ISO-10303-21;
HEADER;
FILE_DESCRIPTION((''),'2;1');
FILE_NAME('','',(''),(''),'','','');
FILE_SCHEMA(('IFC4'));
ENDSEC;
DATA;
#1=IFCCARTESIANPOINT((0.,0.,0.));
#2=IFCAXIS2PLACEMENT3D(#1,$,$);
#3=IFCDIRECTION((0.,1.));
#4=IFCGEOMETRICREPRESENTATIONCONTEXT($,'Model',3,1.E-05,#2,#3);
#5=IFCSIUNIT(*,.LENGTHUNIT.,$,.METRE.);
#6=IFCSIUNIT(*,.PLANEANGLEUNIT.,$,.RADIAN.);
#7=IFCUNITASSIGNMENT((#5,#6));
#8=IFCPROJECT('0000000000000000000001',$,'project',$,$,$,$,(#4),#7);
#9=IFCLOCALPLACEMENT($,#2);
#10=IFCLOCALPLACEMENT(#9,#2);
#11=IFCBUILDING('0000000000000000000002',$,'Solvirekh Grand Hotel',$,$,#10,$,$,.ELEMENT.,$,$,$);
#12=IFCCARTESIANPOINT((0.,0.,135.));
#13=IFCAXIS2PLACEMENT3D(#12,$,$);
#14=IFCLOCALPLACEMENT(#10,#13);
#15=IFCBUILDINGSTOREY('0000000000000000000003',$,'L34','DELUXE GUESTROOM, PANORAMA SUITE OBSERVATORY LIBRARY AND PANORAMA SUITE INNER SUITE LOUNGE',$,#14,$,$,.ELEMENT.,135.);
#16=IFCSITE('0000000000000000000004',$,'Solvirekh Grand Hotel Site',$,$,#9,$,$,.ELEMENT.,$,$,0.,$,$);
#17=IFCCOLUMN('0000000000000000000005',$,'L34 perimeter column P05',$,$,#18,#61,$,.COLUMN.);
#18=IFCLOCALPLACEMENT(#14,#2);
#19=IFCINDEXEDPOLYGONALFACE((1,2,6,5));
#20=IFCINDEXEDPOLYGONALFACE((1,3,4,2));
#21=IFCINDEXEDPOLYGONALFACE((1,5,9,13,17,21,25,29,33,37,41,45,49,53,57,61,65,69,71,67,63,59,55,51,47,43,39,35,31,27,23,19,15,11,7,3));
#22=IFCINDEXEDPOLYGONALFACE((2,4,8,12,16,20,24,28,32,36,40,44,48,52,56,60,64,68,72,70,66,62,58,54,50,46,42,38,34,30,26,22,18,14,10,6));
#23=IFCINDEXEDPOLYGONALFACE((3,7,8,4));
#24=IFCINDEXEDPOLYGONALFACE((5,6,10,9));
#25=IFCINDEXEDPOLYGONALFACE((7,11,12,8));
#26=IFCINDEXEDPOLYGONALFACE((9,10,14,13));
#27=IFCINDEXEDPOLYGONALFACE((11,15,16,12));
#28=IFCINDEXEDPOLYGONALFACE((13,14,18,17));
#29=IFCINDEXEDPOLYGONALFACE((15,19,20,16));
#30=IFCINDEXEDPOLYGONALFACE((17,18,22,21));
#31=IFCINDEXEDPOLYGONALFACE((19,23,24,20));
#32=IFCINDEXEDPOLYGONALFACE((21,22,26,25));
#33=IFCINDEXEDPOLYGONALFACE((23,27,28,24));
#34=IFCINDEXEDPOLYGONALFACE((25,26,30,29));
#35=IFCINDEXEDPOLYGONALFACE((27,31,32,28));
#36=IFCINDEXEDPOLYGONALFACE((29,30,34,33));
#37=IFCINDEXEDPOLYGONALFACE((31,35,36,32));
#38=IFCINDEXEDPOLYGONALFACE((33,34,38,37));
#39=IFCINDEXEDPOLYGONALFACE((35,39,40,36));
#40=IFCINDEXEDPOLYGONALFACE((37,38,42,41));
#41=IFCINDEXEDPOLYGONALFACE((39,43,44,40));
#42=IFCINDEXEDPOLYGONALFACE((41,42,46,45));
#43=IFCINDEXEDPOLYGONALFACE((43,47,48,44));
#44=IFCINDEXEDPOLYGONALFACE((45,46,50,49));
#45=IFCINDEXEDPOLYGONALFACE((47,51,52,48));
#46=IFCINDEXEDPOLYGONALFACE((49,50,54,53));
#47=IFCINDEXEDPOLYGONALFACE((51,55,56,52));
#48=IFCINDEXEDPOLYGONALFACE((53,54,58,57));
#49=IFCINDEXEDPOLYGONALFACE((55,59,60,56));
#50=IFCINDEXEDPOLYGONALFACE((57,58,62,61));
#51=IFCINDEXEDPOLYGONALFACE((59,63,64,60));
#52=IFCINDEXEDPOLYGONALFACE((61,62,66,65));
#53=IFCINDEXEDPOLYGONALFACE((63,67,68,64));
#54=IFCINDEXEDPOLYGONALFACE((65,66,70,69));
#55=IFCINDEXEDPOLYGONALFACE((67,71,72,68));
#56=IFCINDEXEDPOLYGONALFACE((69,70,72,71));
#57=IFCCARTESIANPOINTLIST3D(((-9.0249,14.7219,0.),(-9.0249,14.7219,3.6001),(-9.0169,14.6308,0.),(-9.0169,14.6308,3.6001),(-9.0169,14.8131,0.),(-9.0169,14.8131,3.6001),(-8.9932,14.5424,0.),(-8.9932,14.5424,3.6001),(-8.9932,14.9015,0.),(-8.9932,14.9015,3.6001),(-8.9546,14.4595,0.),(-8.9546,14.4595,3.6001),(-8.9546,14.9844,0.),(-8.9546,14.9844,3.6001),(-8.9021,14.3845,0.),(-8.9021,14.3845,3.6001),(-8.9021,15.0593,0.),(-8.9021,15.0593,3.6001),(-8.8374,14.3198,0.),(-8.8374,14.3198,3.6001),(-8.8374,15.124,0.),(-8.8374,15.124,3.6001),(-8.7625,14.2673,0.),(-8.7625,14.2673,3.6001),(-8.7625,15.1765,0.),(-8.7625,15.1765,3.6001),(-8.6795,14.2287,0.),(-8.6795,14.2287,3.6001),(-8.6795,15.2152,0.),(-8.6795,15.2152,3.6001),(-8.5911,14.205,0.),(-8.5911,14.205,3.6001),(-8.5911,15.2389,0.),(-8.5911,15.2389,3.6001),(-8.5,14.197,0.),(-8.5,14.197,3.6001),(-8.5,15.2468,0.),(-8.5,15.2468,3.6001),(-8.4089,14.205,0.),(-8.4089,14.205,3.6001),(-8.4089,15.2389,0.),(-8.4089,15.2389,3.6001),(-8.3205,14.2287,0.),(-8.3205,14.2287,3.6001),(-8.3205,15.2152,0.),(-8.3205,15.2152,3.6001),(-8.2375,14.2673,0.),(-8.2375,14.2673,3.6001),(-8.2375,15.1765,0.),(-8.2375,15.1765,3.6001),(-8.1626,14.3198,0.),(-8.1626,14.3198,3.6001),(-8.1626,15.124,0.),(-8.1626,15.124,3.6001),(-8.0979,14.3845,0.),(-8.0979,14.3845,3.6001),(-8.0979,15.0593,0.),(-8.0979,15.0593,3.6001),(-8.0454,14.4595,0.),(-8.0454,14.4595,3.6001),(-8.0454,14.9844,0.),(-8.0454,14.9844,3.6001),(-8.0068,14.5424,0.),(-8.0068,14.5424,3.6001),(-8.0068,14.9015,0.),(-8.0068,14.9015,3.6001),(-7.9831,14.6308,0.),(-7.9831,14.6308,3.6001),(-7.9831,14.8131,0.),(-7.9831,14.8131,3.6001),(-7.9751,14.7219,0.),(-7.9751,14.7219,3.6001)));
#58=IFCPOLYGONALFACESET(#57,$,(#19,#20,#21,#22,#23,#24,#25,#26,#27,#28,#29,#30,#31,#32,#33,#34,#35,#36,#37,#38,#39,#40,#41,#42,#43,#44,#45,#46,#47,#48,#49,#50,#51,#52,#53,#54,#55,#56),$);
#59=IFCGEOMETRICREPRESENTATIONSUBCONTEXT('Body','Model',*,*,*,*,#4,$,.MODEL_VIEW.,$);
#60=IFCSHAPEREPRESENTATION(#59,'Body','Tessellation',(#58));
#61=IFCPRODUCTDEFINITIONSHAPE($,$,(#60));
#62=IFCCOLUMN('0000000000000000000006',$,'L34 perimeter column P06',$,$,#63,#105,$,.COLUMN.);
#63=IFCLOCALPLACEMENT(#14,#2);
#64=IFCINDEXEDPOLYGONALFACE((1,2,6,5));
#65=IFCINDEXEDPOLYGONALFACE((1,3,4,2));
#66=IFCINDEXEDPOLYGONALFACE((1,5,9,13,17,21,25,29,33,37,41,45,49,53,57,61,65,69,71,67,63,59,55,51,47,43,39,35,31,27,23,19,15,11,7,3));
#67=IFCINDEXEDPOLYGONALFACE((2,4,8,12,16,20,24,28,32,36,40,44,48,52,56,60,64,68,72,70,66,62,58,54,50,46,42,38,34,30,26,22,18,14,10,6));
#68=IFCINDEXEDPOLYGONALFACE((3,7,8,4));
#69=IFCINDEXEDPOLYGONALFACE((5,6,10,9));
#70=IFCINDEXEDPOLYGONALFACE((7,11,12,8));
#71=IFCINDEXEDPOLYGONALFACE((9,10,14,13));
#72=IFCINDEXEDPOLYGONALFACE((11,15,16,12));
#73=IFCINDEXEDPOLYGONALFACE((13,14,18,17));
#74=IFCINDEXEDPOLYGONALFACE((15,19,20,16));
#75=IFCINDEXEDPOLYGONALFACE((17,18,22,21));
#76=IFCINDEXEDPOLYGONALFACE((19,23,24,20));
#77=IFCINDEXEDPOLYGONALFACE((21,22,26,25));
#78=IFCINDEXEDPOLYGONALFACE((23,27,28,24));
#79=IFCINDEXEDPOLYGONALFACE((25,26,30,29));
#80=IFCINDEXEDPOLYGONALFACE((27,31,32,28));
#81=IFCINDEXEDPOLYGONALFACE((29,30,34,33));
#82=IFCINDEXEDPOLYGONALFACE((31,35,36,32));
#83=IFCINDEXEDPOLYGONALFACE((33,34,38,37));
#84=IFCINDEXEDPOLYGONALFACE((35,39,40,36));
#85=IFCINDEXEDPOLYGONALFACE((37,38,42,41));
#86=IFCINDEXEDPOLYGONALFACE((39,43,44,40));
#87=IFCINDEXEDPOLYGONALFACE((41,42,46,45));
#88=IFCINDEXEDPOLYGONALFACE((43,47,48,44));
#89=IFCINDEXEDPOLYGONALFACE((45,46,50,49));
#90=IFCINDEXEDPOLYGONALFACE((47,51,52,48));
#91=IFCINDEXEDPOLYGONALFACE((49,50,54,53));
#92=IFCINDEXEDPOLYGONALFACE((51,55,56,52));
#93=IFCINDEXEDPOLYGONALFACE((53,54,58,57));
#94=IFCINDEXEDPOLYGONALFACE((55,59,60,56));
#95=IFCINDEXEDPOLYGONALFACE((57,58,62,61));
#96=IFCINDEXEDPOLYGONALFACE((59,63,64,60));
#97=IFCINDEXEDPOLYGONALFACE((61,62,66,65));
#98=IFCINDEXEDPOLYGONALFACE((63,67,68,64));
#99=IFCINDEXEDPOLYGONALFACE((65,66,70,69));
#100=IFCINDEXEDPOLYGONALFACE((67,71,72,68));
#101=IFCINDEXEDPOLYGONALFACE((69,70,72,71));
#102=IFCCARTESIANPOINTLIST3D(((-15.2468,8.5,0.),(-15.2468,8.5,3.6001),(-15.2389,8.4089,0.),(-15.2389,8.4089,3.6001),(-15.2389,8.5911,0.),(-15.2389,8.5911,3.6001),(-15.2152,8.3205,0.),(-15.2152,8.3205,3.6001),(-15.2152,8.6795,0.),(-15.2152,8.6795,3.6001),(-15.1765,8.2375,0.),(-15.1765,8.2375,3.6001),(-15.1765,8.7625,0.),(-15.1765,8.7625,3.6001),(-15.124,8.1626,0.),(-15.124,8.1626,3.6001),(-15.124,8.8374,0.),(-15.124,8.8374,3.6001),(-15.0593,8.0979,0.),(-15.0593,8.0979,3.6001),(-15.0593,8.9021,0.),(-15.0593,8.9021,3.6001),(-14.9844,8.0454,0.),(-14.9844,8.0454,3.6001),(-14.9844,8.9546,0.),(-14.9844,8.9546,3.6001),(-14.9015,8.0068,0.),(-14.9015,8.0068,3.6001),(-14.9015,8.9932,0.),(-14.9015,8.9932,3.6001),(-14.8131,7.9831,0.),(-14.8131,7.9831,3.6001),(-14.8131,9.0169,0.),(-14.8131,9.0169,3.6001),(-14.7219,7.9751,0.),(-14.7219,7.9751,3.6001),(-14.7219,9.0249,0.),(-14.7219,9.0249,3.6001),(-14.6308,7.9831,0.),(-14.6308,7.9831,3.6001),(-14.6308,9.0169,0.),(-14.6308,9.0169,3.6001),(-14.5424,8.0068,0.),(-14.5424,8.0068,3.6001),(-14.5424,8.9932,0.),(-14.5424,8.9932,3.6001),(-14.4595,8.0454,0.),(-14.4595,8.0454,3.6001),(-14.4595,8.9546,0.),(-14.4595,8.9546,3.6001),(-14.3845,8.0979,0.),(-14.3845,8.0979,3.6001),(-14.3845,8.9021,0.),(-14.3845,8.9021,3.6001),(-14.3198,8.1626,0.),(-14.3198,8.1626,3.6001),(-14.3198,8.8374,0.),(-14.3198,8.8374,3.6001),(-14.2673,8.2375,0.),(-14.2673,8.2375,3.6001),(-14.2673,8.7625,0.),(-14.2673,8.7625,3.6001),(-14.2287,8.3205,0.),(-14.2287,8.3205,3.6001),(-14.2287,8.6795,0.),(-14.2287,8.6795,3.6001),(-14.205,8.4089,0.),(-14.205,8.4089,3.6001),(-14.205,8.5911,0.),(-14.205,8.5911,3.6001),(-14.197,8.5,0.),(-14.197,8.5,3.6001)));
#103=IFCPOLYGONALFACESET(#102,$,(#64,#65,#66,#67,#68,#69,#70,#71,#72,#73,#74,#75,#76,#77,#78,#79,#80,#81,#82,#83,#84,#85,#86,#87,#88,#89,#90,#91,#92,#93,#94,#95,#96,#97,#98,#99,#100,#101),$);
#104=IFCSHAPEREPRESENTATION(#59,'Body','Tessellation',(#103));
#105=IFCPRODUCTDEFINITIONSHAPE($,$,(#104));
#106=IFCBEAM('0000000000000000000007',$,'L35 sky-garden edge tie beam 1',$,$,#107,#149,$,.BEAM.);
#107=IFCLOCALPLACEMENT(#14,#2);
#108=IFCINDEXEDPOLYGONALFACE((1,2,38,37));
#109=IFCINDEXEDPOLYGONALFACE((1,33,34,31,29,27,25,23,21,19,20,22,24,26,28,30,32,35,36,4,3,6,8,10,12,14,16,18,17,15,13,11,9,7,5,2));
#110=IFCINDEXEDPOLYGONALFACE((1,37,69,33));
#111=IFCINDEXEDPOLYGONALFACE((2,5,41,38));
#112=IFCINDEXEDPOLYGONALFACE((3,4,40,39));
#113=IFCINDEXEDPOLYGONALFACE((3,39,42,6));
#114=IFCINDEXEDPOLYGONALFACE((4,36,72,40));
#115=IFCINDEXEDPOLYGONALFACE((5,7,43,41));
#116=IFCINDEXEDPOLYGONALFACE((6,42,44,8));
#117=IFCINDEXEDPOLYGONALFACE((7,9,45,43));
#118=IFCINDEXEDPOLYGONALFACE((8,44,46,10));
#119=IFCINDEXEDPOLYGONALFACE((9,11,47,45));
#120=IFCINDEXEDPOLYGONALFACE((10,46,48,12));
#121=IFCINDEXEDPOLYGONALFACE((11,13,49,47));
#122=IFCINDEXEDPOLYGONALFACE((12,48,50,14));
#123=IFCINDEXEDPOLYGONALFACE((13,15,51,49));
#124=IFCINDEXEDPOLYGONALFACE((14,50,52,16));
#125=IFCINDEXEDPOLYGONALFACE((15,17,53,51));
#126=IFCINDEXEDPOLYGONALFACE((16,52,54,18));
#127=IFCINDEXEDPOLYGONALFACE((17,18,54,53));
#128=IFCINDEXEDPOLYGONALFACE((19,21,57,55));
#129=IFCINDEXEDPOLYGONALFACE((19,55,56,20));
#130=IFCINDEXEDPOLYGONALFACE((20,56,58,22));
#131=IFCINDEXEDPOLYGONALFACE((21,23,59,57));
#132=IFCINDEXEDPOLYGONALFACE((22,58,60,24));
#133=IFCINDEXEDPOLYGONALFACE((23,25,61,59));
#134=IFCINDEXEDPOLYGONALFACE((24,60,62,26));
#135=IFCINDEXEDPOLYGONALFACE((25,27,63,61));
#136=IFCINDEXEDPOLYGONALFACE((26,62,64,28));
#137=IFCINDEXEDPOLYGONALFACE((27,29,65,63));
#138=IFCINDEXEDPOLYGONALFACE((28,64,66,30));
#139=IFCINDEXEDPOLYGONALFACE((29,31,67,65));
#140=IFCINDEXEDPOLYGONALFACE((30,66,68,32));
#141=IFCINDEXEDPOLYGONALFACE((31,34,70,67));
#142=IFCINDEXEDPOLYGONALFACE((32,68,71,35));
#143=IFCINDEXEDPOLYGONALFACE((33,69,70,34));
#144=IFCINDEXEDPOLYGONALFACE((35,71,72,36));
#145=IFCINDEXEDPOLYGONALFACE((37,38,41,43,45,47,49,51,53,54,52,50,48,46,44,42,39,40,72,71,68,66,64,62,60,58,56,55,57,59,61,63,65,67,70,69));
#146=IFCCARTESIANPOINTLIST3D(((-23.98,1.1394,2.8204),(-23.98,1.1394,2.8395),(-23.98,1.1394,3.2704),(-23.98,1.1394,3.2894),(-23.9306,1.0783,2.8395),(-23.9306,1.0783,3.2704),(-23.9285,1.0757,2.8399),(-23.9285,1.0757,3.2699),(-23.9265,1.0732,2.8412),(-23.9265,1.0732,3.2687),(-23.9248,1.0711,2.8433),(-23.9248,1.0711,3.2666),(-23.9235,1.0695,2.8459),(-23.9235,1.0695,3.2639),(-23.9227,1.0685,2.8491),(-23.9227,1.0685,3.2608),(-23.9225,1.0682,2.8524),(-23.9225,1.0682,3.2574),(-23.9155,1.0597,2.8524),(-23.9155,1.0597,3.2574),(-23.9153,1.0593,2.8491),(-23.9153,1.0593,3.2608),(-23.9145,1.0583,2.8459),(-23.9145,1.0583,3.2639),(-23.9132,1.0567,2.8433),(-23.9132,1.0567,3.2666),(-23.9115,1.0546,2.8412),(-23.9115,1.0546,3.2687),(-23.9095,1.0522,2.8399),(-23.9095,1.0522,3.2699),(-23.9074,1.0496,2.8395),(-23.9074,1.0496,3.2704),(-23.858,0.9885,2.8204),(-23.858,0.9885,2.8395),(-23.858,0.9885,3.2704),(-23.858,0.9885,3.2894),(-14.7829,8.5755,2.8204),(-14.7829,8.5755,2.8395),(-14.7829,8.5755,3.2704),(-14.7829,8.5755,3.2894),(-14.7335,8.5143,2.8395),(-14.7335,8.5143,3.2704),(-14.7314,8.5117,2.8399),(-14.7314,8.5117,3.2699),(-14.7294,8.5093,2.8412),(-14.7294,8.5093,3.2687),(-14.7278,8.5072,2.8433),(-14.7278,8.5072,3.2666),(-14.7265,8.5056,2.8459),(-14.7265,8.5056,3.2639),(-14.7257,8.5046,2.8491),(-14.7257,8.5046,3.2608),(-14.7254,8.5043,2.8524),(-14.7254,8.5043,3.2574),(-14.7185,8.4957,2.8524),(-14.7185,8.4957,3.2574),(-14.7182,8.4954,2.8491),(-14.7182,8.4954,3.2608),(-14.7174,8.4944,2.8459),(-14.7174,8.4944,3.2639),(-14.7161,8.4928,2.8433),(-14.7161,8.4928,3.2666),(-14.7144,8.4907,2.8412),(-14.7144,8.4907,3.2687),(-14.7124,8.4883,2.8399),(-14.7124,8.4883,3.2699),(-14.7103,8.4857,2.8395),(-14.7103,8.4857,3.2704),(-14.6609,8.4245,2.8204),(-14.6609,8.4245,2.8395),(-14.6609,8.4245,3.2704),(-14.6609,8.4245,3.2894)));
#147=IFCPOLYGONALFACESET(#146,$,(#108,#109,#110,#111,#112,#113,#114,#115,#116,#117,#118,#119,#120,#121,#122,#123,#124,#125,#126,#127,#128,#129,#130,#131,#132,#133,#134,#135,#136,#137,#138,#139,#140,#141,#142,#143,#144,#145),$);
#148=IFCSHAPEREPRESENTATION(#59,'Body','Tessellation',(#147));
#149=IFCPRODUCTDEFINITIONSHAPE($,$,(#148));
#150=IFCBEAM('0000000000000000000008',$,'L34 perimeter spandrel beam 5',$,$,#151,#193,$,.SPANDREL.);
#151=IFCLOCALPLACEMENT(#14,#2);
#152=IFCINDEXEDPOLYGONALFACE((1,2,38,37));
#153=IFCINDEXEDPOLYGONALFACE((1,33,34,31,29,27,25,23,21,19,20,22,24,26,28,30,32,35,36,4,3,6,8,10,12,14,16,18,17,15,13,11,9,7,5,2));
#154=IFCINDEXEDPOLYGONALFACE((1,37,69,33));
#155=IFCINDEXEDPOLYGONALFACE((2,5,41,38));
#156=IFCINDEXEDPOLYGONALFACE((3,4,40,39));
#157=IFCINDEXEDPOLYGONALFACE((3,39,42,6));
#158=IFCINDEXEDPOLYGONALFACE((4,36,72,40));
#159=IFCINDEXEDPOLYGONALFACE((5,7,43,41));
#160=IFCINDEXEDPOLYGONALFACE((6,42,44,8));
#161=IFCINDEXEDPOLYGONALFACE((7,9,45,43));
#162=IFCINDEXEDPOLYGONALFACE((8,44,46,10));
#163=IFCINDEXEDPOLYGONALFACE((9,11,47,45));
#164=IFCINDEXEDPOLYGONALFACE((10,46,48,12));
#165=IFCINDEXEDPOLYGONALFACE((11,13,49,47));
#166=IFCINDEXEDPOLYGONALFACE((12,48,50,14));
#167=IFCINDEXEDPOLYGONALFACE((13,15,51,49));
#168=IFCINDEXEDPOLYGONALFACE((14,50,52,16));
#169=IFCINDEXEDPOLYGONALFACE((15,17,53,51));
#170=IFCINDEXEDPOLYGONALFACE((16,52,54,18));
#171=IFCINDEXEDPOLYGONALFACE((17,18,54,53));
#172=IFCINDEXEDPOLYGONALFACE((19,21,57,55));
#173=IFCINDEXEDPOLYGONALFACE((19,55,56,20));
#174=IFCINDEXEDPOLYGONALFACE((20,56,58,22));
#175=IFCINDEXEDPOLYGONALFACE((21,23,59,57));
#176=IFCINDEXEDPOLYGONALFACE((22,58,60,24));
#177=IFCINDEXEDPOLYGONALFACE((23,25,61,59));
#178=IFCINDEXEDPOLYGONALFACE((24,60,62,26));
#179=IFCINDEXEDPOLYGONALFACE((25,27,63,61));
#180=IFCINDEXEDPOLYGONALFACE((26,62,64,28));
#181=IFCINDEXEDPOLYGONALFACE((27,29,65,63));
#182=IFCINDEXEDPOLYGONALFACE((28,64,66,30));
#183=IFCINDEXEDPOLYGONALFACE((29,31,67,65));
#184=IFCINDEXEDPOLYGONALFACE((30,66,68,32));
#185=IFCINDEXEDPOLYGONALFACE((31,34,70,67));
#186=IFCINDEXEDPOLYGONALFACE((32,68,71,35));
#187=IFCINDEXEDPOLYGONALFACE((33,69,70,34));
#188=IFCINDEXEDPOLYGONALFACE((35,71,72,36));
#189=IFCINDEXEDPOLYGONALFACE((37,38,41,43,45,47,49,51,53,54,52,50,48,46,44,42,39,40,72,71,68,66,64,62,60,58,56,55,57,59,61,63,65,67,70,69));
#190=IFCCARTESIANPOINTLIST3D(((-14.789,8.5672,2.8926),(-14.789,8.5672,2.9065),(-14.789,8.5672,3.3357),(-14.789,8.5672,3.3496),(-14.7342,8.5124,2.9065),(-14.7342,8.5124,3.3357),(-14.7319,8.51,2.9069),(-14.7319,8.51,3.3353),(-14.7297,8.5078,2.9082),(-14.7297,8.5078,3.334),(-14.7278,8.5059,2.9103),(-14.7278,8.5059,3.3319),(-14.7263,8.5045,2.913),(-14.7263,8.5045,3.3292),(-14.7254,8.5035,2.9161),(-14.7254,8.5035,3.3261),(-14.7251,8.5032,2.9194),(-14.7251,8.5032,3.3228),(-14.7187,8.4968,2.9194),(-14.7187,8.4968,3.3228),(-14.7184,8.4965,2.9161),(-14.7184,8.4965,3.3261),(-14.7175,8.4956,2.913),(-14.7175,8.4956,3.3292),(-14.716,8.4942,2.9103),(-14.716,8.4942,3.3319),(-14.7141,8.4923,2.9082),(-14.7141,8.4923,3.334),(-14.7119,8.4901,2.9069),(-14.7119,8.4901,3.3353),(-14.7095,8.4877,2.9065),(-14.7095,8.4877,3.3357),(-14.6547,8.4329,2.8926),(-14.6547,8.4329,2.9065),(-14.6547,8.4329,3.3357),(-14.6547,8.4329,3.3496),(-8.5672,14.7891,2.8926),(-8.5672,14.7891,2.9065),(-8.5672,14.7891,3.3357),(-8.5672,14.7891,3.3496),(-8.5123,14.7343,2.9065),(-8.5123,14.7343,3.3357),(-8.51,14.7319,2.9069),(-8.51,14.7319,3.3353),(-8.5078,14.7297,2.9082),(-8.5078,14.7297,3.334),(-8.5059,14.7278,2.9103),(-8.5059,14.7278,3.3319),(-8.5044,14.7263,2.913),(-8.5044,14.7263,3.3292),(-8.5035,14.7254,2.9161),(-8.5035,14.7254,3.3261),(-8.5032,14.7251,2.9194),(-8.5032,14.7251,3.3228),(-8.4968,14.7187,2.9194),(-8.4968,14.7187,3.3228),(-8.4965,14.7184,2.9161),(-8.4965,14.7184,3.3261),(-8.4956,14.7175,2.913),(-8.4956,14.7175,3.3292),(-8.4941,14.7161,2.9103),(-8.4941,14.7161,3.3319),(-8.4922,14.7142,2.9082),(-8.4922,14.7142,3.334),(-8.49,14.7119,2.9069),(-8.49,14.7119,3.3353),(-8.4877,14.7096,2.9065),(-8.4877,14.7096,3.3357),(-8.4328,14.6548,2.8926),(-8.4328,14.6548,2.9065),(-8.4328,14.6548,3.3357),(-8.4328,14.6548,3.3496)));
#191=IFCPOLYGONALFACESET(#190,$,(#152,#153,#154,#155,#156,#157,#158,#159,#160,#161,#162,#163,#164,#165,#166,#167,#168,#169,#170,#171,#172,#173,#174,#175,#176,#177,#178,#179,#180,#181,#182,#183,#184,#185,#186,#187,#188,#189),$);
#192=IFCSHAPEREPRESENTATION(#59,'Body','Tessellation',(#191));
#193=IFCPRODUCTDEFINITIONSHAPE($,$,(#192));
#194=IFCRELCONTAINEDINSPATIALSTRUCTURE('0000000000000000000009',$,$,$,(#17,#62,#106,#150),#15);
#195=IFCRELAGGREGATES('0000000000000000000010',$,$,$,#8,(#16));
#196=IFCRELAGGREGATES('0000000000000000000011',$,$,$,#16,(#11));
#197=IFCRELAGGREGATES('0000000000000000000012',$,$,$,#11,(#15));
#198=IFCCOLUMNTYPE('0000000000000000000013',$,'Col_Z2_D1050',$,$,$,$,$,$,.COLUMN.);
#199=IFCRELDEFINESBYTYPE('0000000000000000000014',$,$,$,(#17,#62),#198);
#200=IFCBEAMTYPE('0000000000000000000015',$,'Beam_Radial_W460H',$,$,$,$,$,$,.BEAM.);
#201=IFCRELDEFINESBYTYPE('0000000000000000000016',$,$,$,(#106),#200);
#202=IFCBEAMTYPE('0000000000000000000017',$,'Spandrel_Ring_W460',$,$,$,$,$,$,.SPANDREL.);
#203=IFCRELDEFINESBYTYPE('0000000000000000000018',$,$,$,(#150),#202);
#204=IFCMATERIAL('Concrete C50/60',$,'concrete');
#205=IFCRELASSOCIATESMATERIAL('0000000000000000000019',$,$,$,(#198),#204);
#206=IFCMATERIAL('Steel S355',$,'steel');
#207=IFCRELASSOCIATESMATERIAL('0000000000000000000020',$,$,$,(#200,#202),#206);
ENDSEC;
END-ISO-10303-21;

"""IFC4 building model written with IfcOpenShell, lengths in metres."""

from ifc_helpers import new_model, si_unit, direction, frame, origin, origin_2d, place, context, subcontext, project, spatial, circle, i_section, extrude, material, material_profile, profile_set, type_object, element, save


model = new_model("IFC4")

# Units and contexts
model_context = context("Model", 3, precision=1e-05, world=origin(), true_north=direction((0.0, 1.0)))
body_context = subcontext(model_context, "Body", "Model", "MODEL_VIEW")
ifc_project = project(units=[si_unit("LENGTHUNIT", "METRE"), si_unit("PLANEANGLEUNIT", "RADIAN")], contexts=[model_context])

# Site, building, storey
site_placement = place(None, origin())
site = spatial("IfcSite", under=ifc_project, at=site_placement, Name="Solvirekh Grand Hotel Site", CompositionType="ELEMENT", RefElevation=0.0)
building_placement = place(site_placement, origin())
building = spatial("IfcBuilding", under=site, at=building_placement, Name="Solvirekh Grand Hotel", CompositionType="ELEMENT")
storey_placement = place(building_placement, frame((0.0, 0.0, 135.0)))
storey = spatial("IfcBuildingStorey", under=building, at=storey_placement, Name="L34", Description="DELUXE GUESTROOM, PANORAMA SUITE OBSERVATORY LIBRARY AND PANORAMA SUITE INNER SUITE LOUNGE", CompositionType="ELEMENT", Elevation=135.0)

# Columns
ifc_material_1 = material(Name="Concrete C50/60", Category="concrete")
ifc_material_profile_1 = material_profile(ifc_material_1, circle(Radius=0.5249, at=origin_2d()), Name="RC CIRC D1050")
ifc_profile_set_1 = profile_set([ifc_material_profile_1], Name="Concrete C50/60")
column_type = type_object("IfcColumnType", Name="Col_Z2_D1050", PredefinedType="COLUMN", material=ifc_profile_set_1)
for number, where, z_axis, x_axis, name in (
    (1, (-8.5, 14.7219, 0.0), (0.0, 0.0, 1.0), (1.0, 0.0, 0.0), "L34 perimeter column P05"),
    (2, (-14.7219, 8.5, 0.0), (0.0, 0.0, 1.0), (1.0, 0.0, 0.0), "L34 perimeter column P06"),
):
    element("IfcColumn", number, at=place(storey_placement, frame(where, z_axis=z_axis, x_axis=x_axis)), inside=storey, type_object=column_type, Name=name, PredefinedType="COLUMN", context=body_context, shape_type="SweptSolid", body=[
        extrude(circle(Radius=0.5249, at=origin_2d()), origin(), (0.0, 0.0, 1.0), 3.6001),
    ])

# Beams
ifc_material_2 = material(Name="Steel S355", Category="steel")
ifc_material_profile_2 = material_profile(ifc_material_2, i_section(OverallWidth=0.1941, OverallDepth=0.469, WebThickness=0.011, FlangeThickness=0.019, FilletRadius=0.0129, at=origin_2d()), Name="W460X106")
ifc_profile_set_2 = profile_set([ifc_material_profile_2], Name="Steel S355")
beam_type_1 = type_object("IfcBeamType", Name="Beam_Radial_W460H", PredefinedType="BEAM", material=ifc_profile_set_2)
beam_1_placement = place(storey_placement, frame((-14.7219, 8.5, 3.0549), z_axis=(-0.777624, -0.62873, 0.0), x_axis=(0.62873, -0.777624, 0.0)))
element("IfcBeam", 3, at=beam_1_placement, inside=storey, type_object=beam_type_1, Name="L35 sky-garden edge tie beam 1", PredefinedType="BEAM", context=body_context, shape_type="SweptSolid", body=[
    extrude(i_section(OverallWidth=0.1941, OverallDepth=0.469, WebThickness=0.011, FlangeThickness=0.019, FilletRadius=0.0129, at=origin_2d()), origin(), (0.0, 0.0, 1.0), 11.8271),
])
ifc_material_profile_3 = material_profile(ifc_material_2, i_section(OverallWidth=0.1899, OverallDepth=0.457, WebThickness=0.009, FlangeThickness=0.0139, FilletRadius=0.0129, at=origin_2d()), Name="W460X74")
ifc_profile_set_3 = profile_set([ifc_material_profile_3], Name="Steel S355")
beam_type_2 = type_object("IfcBeamType", Name="Spandrel_Ring_W460", PredefinedType="SPANDREL", material=ifc_profile_set_3)
beam_2_placement = place(storey_placement, frame((-8.5, 14.7219, 3.1211), z_axis=(-0.707107, -0.707107, 0.0), x_axis=(0.707107, -0.707107, 0.0)))
element("IfcBeam", 4, at=beam_2_placement, inside=storey, type_object=beam_type_2, Name="L34 perimeter spandrel beam 5", PredefinedType="SPANDREL", context=body_context, shape_type="SweptSolid", body=[
    extrude(i_section(OverallWidth=0.1899, OverallDepth=0.457, WebThickness=0.009, FlangeThickness=0.0139, FilletRadius=0.0129, at=origin_2d()), origin(), (0.0, 0.0, 1.0), 8.7991),
])

save(model, "model.ifc")
